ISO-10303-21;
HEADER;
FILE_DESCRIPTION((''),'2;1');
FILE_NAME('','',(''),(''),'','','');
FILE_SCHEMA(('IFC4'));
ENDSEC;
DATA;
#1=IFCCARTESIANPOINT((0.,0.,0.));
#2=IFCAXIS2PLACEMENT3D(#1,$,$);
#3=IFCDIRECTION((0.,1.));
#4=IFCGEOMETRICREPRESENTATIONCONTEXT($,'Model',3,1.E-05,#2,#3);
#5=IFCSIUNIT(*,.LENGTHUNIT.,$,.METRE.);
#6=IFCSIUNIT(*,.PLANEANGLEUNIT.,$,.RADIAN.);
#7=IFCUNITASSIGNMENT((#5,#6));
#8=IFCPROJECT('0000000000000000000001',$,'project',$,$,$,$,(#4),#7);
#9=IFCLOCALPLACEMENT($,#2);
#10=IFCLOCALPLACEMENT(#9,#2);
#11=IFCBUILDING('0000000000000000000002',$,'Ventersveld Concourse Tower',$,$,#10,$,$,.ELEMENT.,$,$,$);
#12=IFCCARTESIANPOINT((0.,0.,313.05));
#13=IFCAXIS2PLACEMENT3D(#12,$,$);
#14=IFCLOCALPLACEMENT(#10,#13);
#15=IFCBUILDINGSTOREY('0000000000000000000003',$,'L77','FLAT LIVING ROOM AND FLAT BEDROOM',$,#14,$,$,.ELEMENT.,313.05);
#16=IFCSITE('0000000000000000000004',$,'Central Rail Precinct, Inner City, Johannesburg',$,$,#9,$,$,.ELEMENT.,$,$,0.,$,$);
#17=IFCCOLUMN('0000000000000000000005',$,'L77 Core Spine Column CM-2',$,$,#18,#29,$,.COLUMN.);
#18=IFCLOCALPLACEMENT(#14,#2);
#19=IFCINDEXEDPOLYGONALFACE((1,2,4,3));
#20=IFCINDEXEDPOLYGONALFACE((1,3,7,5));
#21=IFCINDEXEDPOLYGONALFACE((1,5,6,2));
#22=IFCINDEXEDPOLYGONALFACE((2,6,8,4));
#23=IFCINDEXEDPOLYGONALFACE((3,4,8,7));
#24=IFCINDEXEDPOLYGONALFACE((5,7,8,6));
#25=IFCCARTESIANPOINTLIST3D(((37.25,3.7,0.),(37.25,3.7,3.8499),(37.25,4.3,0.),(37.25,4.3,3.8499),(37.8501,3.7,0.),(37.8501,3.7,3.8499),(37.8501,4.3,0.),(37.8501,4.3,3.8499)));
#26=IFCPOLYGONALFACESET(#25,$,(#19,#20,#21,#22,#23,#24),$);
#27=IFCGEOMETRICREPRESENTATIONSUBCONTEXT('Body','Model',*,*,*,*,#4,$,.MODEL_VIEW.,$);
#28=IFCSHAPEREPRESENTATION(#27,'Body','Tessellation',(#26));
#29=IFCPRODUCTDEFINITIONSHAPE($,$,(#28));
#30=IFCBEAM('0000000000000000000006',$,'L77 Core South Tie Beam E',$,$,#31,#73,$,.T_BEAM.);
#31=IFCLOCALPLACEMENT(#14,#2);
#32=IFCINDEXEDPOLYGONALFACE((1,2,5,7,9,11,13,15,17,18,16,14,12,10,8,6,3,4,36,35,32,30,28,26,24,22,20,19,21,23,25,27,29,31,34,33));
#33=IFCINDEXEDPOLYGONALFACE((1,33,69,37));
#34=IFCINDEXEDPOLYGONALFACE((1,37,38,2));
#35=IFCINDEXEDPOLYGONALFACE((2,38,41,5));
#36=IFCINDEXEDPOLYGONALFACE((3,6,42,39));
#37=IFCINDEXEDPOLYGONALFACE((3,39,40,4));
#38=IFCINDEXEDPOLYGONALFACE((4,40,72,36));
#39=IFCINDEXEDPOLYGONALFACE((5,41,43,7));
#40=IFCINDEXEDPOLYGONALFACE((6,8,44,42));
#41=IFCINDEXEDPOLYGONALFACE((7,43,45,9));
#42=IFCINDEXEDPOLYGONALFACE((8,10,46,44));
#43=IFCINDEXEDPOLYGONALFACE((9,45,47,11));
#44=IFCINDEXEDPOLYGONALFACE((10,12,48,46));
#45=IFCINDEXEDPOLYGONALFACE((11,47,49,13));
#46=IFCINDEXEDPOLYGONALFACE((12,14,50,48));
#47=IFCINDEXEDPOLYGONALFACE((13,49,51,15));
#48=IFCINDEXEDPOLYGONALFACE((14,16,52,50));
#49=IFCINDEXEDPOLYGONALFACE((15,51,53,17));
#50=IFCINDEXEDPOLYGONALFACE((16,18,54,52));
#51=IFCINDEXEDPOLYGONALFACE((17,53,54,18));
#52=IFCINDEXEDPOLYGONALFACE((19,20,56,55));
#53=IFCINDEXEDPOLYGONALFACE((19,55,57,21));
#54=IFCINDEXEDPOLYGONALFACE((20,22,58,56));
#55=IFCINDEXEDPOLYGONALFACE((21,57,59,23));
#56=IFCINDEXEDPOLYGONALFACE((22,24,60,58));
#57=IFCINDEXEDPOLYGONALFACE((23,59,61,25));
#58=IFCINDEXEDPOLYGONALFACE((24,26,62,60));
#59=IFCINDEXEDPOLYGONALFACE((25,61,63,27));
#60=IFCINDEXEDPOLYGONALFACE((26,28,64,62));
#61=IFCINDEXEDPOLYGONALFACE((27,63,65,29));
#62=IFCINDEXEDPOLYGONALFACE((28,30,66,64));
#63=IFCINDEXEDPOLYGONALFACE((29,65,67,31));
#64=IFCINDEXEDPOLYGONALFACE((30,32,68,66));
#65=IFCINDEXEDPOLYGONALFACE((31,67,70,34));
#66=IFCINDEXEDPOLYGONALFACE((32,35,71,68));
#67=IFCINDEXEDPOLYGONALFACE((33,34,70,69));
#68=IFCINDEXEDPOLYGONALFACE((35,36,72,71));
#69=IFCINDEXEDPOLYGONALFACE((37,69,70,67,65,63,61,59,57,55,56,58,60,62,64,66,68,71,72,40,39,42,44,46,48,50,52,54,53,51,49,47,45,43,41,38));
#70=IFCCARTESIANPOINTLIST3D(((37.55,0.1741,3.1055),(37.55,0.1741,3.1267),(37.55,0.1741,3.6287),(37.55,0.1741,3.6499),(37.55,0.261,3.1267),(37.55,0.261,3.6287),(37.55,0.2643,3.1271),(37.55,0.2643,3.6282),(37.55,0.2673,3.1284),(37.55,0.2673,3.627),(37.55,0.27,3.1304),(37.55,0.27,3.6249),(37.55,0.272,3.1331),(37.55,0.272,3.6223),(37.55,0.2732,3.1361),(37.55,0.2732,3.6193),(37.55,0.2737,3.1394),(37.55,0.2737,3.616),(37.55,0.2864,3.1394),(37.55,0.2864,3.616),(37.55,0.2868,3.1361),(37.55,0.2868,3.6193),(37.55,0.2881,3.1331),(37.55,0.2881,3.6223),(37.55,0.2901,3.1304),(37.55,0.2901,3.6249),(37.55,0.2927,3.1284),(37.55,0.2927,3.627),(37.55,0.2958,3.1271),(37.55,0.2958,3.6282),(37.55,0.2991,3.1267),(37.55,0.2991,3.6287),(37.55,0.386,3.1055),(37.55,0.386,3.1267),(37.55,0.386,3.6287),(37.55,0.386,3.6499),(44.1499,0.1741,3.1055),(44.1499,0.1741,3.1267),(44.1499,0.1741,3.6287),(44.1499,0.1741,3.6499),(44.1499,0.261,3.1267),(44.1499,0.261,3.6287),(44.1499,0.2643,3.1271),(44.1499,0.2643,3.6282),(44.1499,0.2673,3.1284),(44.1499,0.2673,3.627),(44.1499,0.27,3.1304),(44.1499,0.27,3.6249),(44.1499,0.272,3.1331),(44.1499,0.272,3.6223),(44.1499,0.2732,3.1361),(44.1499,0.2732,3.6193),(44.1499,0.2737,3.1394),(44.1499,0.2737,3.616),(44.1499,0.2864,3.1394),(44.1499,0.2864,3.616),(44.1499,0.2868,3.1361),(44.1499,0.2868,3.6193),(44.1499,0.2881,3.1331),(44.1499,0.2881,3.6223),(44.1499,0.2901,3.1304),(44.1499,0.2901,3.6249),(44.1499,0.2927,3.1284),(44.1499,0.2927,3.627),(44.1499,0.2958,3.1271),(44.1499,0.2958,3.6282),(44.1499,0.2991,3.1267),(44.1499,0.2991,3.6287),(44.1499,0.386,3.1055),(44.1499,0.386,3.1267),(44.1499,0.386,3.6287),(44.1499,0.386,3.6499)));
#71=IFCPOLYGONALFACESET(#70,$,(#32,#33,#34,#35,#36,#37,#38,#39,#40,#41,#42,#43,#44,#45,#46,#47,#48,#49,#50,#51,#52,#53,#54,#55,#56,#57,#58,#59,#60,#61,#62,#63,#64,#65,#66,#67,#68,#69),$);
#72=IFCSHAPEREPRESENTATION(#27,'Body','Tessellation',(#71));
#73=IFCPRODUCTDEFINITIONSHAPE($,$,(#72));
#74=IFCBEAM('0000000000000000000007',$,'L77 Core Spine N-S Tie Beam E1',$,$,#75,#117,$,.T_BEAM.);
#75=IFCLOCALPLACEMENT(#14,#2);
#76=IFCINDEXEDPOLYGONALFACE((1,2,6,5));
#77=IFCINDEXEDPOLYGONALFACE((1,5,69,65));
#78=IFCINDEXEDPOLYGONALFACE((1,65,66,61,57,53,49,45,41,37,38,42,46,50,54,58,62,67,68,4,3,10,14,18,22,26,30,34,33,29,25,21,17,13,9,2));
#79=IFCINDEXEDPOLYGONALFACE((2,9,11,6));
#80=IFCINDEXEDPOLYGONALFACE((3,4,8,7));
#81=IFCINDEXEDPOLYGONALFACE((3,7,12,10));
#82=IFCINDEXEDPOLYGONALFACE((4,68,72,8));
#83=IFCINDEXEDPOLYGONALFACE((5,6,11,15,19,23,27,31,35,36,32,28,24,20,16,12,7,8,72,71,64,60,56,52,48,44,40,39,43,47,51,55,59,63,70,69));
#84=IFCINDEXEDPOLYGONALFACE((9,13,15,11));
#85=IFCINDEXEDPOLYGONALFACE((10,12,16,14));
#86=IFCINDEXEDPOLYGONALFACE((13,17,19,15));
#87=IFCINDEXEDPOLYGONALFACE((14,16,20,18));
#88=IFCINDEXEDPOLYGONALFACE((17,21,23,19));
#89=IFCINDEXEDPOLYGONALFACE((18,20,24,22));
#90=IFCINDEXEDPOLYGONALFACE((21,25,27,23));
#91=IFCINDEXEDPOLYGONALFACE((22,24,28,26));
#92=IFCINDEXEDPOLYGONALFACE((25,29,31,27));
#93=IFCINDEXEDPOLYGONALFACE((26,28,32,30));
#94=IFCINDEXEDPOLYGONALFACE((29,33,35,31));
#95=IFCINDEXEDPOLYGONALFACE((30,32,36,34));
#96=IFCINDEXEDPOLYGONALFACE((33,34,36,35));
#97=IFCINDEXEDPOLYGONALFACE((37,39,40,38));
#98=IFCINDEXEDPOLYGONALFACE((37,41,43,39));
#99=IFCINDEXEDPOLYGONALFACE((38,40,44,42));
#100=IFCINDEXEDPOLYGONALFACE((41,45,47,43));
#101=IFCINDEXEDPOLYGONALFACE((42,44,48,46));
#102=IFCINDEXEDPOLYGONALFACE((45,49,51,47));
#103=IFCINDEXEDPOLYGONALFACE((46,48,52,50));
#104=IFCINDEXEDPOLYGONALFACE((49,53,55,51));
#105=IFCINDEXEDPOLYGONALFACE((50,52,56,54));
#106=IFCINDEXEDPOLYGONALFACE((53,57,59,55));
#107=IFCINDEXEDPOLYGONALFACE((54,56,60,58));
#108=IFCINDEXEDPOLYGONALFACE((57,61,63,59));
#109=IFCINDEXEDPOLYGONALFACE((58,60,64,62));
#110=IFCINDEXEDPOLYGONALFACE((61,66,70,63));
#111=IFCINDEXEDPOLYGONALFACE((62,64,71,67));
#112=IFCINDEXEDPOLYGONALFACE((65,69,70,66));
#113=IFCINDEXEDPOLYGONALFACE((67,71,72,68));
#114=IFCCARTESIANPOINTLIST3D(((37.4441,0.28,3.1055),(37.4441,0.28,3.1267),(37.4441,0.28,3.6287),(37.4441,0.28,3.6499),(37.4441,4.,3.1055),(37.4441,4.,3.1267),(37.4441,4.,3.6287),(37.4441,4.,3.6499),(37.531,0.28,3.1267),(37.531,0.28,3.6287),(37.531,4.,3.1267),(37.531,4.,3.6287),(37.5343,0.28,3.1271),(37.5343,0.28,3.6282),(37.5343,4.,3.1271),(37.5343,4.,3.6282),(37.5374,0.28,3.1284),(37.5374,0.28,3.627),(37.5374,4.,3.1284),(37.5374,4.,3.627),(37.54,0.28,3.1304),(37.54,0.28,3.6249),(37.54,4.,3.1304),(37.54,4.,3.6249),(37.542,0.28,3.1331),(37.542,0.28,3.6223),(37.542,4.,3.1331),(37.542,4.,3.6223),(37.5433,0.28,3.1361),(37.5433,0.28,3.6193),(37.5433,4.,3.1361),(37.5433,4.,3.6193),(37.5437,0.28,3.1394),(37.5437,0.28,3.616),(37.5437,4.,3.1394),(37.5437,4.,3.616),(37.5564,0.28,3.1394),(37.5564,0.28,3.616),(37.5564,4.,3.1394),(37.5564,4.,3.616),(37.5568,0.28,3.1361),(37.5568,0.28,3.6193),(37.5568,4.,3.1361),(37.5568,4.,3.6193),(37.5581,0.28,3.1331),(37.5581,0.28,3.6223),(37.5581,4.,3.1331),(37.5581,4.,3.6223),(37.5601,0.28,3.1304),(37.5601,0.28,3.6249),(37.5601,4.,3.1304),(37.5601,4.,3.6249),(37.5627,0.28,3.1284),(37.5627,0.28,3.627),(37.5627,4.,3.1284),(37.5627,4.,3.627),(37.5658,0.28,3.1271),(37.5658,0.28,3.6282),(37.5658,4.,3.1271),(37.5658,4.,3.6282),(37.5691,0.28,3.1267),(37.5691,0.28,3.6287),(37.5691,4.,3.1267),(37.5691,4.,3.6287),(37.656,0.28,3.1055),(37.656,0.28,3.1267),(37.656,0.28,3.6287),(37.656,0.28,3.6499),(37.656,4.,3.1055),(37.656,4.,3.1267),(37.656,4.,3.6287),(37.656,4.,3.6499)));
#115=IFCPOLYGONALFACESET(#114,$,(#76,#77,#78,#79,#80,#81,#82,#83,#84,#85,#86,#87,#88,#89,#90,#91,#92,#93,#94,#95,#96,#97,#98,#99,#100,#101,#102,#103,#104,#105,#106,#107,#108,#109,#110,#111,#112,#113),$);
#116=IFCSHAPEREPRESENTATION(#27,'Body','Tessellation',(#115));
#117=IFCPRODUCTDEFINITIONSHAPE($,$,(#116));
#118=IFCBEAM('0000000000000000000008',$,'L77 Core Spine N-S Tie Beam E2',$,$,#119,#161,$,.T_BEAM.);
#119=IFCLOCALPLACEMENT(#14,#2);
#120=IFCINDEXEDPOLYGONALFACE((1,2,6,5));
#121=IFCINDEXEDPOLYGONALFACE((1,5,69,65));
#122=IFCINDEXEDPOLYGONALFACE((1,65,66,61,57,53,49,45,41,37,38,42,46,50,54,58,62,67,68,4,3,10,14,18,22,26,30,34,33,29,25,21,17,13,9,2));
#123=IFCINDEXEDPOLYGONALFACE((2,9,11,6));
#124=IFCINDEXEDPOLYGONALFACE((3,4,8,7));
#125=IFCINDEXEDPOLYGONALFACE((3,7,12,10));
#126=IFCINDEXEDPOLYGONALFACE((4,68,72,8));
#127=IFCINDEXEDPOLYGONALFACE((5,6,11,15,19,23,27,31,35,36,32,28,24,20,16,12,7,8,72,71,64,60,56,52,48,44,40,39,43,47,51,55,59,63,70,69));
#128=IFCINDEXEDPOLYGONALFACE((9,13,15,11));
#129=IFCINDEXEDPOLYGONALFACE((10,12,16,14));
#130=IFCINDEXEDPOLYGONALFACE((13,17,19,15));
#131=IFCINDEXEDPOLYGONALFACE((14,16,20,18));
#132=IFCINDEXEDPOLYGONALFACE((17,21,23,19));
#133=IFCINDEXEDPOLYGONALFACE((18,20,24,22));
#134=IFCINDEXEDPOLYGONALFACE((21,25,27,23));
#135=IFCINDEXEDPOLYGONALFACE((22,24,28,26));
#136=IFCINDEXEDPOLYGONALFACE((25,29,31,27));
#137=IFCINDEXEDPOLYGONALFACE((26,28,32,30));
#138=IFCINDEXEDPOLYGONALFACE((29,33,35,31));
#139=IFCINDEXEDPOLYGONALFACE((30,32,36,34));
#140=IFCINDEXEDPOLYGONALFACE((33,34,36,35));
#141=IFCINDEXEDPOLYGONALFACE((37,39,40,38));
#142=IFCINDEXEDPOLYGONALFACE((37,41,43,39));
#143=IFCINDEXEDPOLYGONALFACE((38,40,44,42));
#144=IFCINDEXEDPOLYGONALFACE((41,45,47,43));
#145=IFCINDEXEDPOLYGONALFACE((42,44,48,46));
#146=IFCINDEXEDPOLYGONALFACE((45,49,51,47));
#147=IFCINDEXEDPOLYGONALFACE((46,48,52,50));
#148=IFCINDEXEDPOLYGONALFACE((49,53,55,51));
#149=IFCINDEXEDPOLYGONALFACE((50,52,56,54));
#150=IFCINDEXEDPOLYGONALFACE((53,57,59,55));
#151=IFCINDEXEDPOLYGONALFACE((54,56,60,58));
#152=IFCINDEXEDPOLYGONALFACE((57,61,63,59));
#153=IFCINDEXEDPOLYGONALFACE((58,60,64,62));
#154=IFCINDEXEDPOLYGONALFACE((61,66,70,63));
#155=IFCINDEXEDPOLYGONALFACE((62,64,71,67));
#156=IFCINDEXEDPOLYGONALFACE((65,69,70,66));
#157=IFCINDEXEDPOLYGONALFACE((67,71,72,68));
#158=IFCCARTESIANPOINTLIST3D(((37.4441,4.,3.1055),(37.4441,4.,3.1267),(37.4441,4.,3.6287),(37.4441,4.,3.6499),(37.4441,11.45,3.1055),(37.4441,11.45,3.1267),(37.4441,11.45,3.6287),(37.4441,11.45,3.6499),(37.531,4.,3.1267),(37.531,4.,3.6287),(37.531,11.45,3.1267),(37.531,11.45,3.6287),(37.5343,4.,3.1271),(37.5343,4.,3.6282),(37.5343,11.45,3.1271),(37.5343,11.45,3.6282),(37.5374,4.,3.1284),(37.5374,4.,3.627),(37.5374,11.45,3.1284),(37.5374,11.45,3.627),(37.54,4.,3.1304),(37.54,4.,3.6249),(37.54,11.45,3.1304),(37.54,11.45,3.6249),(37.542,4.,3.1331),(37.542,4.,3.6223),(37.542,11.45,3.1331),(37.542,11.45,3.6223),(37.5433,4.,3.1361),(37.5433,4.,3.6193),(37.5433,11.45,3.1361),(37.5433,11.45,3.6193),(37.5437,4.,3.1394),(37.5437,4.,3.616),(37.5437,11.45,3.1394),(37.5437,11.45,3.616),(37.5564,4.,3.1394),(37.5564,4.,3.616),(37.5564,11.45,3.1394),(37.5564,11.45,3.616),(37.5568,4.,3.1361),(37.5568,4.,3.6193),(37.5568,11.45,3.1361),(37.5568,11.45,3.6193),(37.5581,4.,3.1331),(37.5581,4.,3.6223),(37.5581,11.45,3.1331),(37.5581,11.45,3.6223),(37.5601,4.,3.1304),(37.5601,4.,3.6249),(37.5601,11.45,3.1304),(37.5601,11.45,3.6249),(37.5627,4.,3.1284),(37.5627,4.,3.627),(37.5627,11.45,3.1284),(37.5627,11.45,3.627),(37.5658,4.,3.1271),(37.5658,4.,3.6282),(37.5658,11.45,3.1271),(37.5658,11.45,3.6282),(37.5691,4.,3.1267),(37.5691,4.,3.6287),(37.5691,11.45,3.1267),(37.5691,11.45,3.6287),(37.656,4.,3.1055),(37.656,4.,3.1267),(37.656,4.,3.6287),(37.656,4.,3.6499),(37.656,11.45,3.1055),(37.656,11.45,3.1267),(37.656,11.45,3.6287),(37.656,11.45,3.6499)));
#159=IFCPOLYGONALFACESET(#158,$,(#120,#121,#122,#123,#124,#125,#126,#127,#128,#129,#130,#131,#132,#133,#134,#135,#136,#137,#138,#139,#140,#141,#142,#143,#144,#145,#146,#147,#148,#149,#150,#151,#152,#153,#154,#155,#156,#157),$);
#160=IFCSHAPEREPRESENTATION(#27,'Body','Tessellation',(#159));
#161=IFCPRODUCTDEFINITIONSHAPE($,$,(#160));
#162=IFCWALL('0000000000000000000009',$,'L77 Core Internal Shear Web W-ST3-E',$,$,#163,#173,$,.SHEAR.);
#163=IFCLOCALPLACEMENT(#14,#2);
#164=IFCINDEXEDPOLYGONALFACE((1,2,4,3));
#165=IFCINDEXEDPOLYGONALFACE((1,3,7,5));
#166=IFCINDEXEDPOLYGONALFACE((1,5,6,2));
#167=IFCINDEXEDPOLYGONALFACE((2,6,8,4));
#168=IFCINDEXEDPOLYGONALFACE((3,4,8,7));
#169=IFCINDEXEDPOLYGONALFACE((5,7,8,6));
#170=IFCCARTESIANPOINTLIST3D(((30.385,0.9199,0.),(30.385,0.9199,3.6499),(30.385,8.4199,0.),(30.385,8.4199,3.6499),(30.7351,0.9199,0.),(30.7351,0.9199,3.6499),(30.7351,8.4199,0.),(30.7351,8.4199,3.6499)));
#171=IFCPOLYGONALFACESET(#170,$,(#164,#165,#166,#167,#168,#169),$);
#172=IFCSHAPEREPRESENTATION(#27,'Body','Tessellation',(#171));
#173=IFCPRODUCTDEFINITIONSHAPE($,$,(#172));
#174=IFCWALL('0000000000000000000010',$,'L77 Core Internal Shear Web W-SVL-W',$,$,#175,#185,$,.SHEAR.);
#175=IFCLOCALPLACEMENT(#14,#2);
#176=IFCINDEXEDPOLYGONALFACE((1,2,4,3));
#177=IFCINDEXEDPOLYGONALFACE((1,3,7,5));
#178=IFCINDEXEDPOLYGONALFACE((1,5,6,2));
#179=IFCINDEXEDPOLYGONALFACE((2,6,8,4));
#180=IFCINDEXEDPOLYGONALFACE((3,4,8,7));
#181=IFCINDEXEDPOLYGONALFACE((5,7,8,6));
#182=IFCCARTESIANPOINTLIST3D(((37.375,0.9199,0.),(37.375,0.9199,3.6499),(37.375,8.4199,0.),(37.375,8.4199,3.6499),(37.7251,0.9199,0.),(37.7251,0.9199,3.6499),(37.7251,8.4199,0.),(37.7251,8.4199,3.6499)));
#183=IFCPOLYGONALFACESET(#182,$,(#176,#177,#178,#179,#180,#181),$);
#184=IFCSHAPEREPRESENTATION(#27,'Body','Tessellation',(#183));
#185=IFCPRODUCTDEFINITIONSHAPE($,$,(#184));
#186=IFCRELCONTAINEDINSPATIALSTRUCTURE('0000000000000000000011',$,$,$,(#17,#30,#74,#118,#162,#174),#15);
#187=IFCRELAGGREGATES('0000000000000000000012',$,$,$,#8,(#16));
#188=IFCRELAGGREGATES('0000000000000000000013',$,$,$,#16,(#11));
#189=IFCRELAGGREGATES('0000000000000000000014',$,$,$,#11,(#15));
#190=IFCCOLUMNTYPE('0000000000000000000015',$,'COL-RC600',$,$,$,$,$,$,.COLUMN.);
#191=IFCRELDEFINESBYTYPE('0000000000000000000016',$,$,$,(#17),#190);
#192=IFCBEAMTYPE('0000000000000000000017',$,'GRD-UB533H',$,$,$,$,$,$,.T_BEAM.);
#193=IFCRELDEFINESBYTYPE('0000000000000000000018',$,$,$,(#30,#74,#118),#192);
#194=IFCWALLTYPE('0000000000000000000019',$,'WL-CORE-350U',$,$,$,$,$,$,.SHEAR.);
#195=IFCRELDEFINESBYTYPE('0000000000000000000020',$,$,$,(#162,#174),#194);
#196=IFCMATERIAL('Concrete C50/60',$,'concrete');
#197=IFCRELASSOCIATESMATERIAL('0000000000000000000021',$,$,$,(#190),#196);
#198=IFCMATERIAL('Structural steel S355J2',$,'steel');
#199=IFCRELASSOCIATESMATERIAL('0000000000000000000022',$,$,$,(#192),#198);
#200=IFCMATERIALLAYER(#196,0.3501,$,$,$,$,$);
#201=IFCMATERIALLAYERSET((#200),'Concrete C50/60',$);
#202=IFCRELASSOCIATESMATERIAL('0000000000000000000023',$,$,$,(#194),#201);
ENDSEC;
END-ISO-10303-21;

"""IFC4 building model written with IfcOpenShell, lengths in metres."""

from ifc_helpers import new_model, si_unit, direction, frame, frame_2d, origin, origin_2d, place, context, subcontext, project, spatial, rectangle, i_section, extrude, material, layer, layer_set, material_profile, profile_set, type_object, element, save


model = new_model("IFC4")

# Units and contexts
model_context = context("Model", 3, precision=1e-05, world=origin(), true_north=direction((0.0, 1.0)))
body_context = subcontext(model_context, "Body", "Model", "MODEL_VIEW")
ifc_project = project(units=[si_unit("LENGTHUNIT", "METRE"), si_unit("PLANEANGLEUNIT", "RADIAN")], contexts=[model_context])

# Site, building, storey
site_placement = place(None, origin())
site = spatial("IfcSite", under=ifc_project, at=site_placement, Name="Central Rail Precinct, Inner City, Johannesburg", CompositionType="ELEMENT", RefElevation=0.0)
building_placement = place(site_placement, origin())
building = spatial("IfcBuilding", under=site, at=building_placement, Name="Ventersveld Concourse Tower", CompositionType="ELEMENT")
storey_placement = place(building_placement, frame((0.0, 0.0, 313.05)))
storey = spatial("IfcBuildingStorey", under=building, at=storey_placement, Name="L77", Description="FLAT LIVING ROOM AND FLAT BEDROOM", CompositionType="ELEMENT", Elevation=313.05)

# Column
ifc_material_1 = material(Name="Concrete C50/60", Category="concrete")
ifc_material_profile_1 = material_profile(ifc_material_1, rectangle(XDim=0.6001, YDim=0.6001, at=origin_2d()), Name="RC 600x600")
ifc_profile_set_1 = profile_set([ifc_material_profile_1], Name="Concrete C50/60")
column_type = type_object("IfcColumnType", Name="COL-RC600", PredefinedType="COLUMN", material=ifc_profile_set_1)
column_placement = place(storey_placement, frame((37.55, 4.0, 0.0), z_axis=(0.0, 0.0, 1.0), x_axis=(1.0, 0.0, 0.0)))
element("IfcColumn", 1, at=column_placement, inside=storey, type_object=column_type, Name="L77 Core Spine Column CM-2", PredefinedType="COLUMN", context=body_context, shape_type="SweptSolid", body=[
    extrude(rectangle(XDim=0.6001, YDim=0.6001, at=origin_2d()), origin(), (0.0, 0.0, 1.0), 3.8499),
])

# Beams
ifc_material_2 = material(Name="Structural steel S355J2", Category="steel")
ifc_material_profile_2 = material_profile(ifc_material_2, i_section(OverallWidth=0.2119, OverallDepth=0.5444, WebThickness=0.0127, FlangeThickness=0.0212, FilletRadius=0.0127, at=origin_2d()), Name="UB 533x210x122")
ifc_profile_set_2 = profile_set([ifc_material_profile_2], Name="Structural steel S355J2")
beam_type = type_object("IfcBeamType", Name="GRD-UB533H", PredefinedType="T_BEAM", material=ifc_profile_set_2)
beam_1_placement = place(storey_placement, frame((37.55, 0.28, 3.3777), z_axis=(1.0, 0.0, 0.0), x_axis=(0.0, 1.0, 0.0)))
element("IfcBeam", 2, at=beam_1_placement, inside=storey, type_object=beam_type, Name="L77 Core South Tie Beam E", PredefinedType="T_BEAM", context=body_context, shape_type="SweptSolid", body=[
    extrude(i_section(OverallWidth=0.2119, OverallDepth=0.5444, WebThickness=0.0127, FlangeThickness=0.0212, FilletRadius=0.0127, at=origin_2d()), origin(), (0.0, 0.0, 1.0), 6.5999),
])
beam_2_placement = place(storey_placement, frame((37.55, 0.28, 3.3777), z_axis=(0.0, 1.0, 0.0), x_axis=(-1.0, 0.0, 0.0)))
element("IfcBeam", 3, at=beam_2_placement, inside=storey, type_object=beam_type, Name="L77 Core Spine N-S Tie Beam E1", PredefinedType="T_BEAM", context=body_context, shape_type="SweptSolid", body=[
    extrude(i_section(OverallWidth=0.2119, OverallDepth=0.5444, WebThickness=0.0127, FlangeThickness=0.0212, FilletRadius=0.0127, at=origin_2d()), origin(), (0.0, 0.0, 1.0), 3.72),
])
beam_3_placement = place(storey_placement, frame((37.55, 4.0, 3.3777), z_axis=(0.0, 1.0, 0.0), x_axis=(-1.0, 0.0, 0.0)))
element("IfcBeam", 4, at=beam_3_placement, inside=storey, type_object=beam_type, Name="L77 Core Spine N-S Tie Beam E2", PredefinedType="T_BEAM", context=body_context, shape_type="SweptSolid", body=[
    extrude(i_section(OverallWidth=0.2119, OverallDepth=0.5444, WebThickness=0.0127, FlangeThickness=0.0212, FilletRadius=0.0127, at=origin_2d()), origin(), (0.0, 0.0, 1.0), 7.45),
])

# Walls
ifc_layer_1 = layer(ifc_material_1, 0.3501)
ifc_layer_set_1 = layer_set([ifc_layer_1], Name="Concrete C50/60")
wall_type_1 = type_object("IfcWallType", Name="WL-CORE-350U", PredefinedType="SHEAR", material=ifc_layer_set_1)
for number, where, z_axis, x_axis, name in (
    (5, (30.5601, 0.9199, 0.0), (0.0, 0.0, 1.0), (0.0, 1.0, 0.0), "L77 Core Internal Shear Web W-ST3-E"),
    (6, (37.55, 0.9199, 0.0), (0.0, 0.0, 1.0), (0.0, 1.0, 0.0), "L77 Core Internal Shear Web W-SVL-W"),
):
    element("IfcWall", number, at=place(storey_placement, frame(where, z_axis=z_axis, x_axis=x_axis)), inside=storey, type_object=wall_type_1, Name=name, PredefinedType="SHEAR", context=body_context, shape_type="SweptSolid", body=[
        extrude(rectangle(XDim=7.5, YDim=0.3501, at=frame_2d((3.75, 0.0))), origin(), (0.0, 0.0, 1.0), 3.6499),
    ])

save(model, "model.ifc")
